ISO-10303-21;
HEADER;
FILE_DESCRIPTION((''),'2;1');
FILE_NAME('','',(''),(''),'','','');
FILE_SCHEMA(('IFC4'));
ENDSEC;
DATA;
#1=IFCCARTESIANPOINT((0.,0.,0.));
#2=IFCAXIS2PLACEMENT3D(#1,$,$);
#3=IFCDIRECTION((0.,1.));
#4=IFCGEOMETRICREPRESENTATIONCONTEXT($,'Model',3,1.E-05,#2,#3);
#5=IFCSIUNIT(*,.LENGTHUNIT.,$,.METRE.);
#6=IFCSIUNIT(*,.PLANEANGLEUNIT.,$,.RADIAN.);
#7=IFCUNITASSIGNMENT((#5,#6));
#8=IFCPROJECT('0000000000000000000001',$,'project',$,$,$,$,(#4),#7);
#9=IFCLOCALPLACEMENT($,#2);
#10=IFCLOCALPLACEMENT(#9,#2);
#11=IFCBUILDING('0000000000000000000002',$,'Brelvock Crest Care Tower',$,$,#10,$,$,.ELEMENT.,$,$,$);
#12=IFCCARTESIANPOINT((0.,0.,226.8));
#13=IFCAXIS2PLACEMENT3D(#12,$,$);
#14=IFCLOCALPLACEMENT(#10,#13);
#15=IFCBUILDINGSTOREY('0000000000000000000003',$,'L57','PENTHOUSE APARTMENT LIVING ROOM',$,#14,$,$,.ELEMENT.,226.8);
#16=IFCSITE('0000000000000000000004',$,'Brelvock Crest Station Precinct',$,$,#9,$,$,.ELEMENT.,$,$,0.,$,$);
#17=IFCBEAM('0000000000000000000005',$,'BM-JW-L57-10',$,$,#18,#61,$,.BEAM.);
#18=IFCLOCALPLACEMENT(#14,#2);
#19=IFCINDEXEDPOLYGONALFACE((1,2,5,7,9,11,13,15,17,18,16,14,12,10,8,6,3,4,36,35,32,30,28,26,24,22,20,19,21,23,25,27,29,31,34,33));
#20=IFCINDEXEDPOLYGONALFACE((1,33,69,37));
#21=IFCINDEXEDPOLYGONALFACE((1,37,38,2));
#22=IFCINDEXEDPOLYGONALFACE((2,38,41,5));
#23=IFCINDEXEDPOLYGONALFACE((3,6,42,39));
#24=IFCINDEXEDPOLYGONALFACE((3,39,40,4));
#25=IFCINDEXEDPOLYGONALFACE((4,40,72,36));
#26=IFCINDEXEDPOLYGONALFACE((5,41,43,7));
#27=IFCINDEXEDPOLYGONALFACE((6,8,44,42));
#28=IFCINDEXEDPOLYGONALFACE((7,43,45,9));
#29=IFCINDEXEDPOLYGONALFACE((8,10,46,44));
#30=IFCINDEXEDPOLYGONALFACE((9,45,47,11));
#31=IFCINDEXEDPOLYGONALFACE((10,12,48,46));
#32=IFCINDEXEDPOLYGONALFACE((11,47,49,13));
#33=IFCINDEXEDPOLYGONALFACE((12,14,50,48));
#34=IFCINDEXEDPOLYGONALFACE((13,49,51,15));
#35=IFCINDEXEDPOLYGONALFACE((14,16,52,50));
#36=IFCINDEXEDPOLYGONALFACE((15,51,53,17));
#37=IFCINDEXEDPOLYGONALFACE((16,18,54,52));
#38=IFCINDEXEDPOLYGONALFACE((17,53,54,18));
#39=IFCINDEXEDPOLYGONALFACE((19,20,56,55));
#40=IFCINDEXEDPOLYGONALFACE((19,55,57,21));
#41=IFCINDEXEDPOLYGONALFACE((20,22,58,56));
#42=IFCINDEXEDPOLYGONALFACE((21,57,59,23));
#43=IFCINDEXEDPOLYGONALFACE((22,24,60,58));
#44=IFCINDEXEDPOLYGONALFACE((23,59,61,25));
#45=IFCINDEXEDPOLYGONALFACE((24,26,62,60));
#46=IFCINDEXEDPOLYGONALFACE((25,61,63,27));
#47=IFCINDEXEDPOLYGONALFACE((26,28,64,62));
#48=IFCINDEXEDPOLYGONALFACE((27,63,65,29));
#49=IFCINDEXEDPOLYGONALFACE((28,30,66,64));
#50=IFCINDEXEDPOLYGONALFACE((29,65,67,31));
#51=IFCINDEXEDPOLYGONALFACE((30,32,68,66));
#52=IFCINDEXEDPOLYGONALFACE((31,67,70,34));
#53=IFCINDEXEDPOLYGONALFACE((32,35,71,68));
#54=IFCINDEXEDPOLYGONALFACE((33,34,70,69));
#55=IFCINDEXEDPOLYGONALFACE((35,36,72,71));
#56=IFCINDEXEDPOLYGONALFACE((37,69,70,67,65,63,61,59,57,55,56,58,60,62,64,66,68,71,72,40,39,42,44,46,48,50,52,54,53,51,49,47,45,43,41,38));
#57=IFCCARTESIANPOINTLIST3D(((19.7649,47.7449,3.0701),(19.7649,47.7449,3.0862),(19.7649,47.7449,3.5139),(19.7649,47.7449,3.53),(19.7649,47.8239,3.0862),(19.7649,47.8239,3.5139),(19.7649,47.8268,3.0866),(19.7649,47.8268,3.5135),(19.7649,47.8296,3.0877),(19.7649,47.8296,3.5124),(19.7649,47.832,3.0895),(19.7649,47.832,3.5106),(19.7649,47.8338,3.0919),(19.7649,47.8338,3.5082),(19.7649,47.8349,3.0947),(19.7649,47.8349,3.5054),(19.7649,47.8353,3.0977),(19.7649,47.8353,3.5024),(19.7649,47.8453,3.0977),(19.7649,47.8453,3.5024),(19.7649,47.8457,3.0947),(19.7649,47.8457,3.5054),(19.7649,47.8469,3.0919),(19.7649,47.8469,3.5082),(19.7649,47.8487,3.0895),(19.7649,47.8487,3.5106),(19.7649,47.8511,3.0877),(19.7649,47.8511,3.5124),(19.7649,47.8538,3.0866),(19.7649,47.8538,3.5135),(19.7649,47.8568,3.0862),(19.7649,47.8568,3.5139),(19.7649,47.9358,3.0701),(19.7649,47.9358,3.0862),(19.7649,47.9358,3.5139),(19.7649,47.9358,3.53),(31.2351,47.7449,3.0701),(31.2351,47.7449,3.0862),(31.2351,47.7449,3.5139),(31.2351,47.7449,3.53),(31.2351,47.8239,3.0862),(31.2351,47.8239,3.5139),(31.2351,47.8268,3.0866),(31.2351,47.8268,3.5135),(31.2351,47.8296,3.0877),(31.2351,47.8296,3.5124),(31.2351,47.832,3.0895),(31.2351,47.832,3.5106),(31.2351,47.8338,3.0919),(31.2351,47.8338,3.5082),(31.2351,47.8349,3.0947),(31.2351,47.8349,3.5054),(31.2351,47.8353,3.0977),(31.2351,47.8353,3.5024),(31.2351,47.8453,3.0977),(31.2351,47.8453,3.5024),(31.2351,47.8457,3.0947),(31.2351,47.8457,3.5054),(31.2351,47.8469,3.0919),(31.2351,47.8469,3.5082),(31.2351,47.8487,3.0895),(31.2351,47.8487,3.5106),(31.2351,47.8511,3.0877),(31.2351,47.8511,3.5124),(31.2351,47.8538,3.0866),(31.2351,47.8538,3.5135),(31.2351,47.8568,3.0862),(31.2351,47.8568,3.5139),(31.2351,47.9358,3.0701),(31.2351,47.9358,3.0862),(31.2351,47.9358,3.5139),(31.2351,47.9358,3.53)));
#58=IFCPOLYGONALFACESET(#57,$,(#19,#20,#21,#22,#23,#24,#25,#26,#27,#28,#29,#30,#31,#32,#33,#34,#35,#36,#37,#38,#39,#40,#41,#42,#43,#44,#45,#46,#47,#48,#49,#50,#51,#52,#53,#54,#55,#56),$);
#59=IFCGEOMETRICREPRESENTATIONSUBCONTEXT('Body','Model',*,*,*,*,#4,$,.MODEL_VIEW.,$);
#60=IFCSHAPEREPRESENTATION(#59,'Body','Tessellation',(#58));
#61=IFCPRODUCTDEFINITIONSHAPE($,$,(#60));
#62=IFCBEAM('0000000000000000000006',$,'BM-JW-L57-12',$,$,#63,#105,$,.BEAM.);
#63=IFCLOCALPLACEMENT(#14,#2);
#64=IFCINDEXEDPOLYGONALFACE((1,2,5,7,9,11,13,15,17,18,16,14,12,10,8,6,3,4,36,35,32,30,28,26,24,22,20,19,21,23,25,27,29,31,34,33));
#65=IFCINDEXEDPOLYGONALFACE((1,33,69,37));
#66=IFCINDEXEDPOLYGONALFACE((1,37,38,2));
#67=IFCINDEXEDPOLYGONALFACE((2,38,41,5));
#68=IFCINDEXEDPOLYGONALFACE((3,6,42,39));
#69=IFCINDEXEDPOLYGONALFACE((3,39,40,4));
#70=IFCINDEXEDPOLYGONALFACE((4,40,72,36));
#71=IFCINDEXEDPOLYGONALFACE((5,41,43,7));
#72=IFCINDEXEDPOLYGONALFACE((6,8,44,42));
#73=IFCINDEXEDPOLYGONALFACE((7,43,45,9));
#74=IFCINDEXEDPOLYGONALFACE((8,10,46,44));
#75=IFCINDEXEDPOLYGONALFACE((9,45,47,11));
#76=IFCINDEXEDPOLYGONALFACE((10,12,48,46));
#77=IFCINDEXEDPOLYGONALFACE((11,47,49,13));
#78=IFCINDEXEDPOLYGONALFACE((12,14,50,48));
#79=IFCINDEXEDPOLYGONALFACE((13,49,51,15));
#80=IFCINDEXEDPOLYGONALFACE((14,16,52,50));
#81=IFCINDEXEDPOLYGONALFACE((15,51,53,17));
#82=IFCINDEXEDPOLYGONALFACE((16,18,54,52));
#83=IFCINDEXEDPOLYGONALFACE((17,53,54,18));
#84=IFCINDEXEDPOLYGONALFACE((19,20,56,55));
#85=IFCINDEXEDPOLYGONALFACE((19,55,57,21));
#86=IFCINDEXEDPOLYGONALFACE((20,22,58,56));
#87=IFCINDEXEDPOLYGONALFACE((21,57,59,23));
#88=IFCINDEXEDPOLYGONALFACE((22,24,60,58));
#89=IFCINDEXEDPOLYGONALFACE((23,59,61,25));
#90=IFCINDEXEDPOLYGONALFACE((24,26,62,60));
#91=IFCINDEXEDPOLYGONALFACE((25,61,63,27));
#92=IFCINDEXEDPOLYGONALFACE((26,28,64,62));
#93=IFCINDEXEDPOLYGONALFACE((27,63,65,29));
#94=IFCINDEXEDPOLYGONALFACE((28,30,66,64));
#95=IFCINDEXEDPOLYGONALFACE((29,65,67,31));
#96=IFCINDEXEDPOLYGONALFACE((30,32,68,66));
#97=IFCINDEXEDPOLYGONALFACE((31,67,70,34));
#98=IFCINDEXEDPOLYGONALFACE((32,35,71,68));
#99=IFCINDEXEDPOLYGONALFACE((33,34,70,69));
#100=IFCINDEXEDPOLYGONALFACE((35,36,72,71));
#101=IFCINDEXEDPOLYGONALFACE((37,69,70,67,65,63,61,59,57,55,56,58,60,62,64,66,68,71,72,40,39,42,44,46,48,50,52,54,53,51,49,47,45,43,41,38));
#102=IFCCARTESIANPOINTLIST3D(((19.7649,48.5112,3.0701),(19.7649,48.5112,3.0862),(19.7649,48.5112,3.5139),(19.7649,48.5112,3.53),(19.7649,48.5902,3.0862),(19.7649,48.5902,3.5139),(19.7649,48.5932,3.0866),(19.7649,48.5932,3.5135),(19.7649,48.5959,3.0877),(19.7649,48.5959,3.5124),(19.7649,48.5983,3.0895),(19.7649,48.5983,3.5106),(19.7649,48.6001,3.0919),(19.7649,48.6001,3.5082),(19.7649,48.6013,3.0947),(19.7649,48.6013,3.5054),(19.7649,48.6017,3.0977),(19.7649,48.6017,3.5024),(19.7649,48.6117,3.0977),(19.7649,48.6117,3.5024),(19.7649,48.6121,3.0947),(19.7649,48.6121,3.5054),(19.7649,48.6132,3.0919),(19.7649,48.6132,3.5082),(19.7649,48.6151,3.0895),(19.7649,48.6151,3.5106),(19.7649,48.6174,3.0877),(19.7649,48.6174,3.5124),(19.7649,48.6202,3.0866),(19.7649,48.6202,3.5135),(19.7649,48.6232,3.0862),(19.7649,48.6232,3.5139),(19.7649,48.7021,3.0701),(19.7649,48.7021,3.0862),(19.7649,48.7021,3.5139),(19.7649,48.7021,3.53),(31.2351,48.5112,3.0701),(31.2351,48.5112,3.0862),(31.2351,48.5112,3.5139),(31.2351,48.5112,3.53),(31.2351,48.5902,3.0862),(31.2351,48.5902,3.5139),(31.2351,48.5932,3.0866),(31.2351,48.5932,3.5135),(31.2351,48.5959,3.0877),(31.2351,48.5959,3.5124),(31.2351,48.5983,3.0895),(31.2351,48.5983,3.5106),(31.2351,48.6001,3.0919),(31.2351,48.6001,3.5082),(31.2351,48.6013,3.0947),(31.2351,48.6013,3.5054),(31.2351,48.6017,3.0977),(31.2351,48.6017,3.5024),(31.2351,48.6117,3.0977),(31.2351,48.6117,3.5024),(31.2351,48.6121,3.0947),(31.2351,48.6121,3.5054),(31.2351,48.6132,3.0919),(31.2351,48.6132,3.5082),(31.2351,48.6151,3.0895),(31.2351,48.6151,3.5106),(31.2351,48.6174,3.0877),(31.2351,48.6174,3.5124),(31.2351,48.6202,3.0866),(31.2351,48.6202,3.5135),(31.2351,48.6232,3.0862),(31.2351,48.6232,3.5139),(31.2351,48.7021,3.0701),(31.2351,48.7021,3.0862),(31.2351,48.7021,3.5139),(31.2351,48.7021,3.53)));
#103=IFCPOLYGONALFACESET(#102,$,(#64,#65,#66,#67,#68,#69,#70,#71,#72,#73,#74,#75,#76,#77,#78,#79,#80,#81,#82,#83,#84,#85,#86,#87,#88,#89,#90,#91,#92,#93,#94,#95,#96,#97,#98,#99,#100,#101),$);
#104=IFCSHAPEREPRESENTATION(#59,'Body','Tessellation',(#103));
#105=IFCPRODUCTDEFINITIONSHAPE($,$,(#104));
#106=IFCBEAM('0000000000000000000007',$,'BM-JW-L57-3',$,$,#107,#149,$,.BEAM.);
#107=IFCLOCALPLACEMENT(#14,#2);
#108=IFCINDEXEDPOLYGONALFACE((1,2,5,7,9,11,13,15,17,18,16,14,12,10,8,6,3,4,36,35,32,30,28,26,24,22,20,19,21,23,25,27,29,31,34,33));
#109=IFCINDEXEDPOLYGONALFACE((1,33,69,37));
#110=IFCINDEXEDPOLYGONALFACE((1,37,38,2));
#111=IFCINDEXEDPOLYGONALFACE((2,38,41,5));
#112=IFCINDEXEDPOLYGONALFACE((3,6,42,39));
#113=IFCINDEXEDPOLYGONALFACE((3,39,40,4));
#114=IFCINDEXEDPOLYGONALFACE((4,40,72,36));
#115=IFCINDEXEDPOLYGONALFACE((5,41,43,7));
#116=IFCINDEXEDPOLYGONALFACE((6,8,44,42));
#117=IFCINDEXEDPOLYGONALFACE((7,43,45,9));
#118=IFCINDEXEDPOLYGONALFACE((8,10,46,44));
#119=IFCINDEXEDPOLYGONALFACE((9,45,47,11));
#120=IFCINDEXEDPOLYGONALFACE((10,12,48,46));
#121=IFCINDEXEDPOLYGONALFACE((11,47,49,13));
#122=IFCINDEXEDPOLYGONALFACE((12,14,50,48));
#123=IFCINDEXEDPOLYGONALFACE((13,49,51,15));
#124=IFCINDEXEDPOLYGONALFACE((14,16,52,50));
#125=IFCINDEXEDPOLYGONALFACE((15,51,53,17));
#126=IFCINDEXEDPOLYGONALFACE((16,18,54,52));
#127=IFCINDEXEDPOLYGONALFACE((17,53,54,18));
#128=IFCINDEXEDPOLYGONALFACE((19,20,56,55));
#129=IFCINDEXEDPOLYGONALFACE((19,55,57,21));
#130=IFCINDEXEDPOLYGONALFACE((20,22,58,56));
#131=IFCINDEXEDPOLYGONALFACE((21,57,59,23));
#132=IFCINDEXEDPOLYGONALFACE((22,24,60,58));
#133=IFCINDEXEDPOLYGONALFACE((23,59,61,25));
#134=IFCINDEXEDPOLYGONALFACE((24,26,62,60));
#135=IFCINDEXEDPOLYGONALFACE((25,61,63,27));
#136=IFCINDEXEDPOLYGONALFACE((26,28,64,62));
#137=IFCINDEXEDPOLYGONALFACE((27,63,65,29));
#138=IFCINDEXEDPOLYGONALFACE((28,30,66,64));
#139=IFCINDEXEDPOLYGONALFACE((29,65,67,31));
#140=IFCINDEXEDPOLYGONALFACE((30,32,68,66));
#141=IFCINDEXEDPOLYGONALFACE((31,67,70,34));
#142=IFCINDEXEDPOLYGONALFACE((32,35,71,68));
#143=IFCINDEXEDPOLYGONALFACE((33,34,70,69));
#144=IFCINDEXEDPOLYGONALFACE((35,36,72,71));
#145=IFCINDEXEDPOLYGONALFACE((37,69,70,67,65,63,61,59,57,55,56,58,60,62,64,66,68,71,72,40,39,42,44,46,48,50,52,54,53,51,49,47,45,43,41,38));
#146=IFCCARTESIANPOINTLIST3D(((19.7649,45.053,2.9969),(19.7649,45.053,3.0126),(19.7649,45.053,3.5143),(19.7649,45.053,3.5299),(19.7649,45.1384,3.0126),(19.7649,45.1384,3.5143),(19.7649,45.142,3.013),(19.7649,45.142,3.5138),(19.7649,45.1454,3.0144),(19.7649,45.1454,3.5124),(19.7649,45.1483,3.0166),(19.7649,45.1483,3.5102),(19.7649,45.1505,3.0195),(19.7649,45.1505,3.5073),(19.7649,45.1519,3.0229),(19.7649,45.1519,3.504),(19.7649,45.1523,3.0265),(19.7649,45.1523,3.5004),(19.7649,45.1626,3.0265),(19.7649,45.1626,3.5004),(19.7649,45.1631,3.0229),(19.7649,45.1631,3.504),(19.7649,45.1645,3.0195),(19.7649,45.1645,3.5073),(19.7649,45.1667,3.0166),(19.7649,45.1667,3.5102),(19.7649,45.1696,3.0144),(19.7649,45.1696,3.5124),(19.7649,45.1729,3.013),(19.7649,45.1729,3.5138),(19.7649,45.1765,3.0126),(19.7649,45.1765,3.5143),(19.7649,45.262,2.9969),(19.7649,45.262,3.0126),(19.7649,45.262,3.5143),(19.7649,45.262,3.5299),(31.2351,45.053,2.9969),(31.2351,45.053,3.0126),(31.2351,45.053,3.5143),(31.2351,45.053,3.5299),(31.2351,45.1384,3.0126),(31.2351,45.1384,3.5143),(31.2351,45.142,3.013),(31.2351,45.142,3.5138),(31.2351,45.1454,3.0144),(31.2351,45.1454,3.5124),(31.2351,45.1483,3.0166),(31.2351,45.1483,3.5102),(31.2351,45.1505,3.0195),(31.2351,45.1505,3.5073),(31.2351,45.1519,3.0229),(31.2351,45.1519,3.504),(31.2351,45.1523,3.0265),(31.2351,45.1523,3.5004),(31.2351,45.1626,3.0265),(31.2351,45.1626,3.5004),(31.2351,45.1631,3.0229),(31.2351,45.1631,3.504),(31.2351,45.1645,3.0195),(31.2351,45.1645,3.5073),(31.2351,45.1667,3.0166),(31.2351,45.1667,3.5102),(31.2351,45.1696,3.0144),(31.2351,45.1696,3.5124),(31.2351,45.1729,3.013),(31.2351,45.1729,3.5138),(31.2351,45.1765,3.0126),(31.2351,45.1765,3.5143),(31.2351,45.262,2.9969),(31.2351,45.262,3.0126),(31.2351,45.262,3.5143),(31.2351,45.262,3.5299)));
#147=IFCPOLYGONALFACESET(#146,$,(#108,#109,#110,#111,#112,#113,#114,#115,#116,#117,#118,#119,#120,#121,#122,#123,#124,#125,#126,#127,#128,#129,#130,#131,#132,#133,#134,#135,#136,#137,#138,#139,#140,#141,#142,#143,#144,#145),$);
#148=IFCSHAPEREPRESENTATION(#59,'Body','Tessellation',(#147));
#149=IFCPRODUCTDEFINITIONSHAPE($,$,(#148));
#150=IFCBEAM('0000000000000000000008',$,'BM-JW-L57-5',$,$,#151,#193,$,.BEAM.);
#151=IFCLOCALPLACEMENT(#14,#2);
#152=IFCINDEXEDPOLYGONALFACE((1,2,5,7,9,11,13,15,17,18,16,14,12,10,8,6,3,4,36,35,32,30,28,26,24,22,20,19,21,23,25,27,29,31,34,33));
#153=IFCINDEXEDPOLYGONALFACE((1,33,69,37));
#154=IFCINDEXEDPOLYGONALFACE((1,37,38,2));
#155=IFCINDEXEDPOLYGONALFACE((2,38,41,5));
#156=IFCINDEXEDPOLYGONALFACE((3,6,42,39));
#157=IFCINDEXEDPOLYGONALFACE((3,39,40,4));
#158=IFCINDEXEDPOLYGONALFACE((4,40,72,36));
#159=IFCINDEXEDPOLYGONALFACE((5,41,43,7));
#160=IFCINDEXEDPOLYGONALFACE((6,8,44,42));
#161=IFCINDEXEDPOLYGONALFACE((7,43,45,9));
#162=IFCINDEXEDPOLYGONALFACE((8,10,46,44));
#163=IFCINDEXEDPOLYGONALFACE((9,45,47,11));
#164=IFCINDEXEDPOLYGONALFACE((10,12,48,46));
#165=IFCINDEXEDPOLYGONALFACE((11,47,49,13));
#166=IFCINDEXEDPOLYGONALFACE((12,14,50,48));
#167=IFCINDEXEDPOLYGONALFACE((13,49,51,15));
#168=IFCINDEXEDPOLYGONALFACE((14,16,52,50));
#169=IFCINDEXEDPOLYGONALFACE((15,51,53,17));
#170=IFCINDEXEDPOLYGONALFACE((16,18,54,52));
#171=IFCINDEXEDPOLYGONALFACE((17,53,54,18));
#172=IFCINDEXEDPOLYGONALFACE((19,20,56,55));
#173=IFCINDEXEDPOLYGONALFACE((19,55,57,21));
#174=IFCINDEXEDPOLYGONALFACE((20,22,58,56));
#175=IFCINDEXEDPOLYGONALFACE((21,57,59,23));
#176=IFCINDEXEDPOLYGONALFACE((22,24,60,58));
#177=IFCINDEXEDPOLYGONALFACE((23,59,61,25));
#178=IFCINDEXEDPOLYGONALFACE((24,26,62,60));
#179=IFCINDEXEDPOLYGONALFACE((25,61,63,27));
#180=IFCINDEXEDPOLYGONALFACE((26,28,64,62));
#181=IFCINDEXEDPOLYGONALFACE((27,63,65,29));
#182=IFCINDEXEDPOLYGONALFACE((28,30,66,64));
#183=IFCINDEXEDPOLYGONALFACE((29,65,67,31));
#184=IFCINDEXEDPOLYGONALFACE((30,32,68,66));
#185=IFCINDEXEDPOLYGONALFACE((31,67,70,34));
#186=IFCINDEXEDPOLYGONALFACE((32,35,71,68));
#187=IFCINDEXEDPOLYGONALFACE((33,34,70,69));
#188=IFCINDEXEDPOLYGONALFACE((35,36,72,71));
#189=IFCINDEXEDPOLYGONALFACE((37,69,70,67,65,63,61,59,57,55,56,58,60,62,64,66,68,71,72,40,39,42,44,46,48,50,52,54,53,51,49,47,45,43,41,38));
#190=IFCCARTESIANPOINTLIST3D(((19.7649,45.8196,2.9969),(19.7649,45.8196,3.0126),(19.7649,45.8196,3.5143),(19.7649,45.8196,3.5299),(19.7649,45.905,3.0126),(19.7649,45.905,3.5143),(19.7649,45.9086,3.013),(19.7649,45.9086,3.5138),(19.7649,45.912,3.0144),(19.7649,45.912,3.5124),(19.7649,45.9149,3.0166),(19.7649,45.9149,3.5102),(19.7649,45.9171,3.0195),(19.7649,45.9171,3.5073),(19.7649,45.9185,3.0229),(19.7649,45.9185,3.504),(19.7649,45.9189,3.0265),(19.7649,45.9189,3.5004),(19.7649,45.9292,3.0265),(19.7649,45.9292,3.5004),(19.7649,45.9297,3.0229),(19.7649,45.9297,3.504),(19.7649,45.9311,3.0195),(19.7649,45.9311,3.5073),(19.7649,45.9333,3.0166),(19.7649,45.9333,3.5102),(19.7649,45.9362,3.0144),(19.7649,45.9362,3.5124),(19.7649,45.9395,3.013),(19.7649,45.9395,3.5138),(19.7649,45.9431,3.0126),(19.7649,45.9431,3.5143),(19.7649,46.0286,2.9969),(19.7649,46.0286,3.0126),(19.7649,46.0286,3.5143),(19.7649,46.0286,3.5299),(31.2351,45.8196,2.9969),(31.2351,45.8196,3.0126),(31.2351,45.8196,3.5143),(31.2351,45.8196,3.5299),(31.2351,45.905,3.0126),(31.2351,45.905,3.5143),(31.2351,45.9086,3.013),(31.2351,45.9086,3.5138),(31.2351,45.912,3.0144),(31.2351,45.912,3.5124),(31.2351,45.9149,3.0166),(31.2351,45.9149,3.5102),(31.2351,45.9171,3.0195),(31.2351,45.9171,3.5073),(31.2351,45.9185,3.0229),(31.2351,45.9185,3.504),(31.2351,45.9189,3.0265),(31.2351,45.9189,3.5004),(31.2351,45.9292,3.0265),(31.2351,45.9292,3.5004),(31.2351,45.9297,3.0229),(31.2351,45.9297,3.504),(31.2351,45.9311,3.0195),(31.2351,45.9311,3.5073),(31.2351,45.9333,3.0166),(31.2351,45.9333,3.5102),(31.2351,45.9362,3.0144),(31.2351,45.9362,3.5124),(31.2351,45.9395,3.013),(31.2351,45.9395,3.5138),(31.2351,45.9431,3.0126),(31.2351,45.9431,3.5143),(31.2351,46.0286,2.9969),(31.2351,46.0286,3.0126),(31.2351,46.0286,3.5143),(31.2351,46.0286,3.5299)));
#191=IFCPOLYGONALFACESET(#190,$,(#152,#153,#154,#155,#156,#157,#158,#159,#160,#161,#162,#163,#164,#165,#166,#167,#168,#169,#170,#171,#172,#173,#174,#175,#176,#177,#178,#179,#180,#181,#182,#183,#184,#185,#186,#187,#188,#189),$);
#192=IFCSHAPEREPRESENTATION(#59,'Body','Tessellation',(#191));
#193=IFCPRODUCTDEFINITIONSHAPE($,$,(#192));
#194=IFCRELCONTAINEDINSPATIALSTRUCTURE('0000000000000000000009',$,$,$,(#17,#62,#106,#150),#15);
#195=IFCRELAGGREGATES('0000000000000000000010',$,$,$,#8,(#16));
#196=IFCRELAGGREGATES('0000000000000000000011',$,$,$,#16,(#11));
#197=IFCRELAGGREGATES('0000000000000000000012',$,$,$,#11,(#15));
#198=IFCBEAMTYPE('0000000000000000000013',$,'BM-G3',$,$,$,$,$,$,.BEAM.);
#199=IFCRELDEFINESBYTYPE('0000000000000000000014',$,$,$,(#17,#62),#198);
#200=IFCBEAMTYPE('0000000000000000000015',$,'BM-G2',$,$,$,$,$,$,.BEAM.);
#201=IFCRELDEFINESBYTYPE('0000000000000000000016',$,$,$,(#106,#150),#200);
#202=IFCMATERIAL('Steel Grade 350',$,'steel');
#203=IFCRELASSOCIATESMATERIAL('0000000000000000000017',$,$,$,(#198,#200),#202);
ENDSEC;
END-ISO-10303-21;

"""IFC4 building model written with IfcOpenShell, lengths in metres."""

from ifc_helpers import new_model, si_unit, direction, frame, origin, origin_2d, place, context, subcontext, project, spatial, i_section, extrude, source, transform, mapped, material, material_profile, profile_set, type_object, element, save


model = new_model("IFC4")

# Units and contexts
model_context = context("Model", 3, precision=1e-05, world=origin(), true_north=direction((0.0, 1.0)))
body_context = subcontext(model_context, "Body", "Model", "MODEL_VIEW")
ifc_project = project(units=[si_unit("LENGTHUNIT", "METRE"), si_unit("PLANEANGLEUNIT", "RADIAN")], contexts=[model_context])

# Site, building, storey
site_placement = place(None, origin())
site = spatial("IfcSite", under=ifc_project, at=site_placement, Name="Brelvock Crest Station Precinct", CompositionType="ELEMENT", RefElevation=0.0)
building_placement = place(site_placement, origin())
building = spatial("IfcBuilding", under=site, at=building_placement, Name="Brelvock Crest Care Tower", CompositionType="ELEMENT")
storey_placement = place(building_placement, frame((0.0, 0.0, 226.8)))
storey = spatial("IfcBuildingStorey", under=building, at=storey_placement, Name="L57", Description="PENTHOUSE APARTMENT LIVING ROOM", CompositionType="ELEMENT", Elevation=226.8)

# Beams
ifc_material_1 = material(Name="Steel Grade 350", Category="steel")
ifc_material_profile_1 = material_profile(ifc_material_1, i_section(OverallWidth=0.1909, OverallDepth=0.46, WebThickness=0.01, FlangeThickness=0.0161, FilletRadius=0.0115, at=origin_2d()), Name="460UB82.1")
ifc_profile_set_1 = profile_set([ifc_material_profile_1], Name="Steel Grade 350")
beam_type_1 = type_object("IfcBeamType", Name="BM-G3", PredefinedType="BEAM", material=ifc_profile_set_1)
shared_shape_1 = source(origin(), body_context, "Body", "SweptSolid", [
    extrude(i_section(OverallWidth=0.1909, OverallDepth=0.46, WebThickness=0.01, FlangeThickness=0.0161, FilletRadius=0.0115, at=origin_2d()), origin(), (0.0, 0.0, 1.0), 11.4702),
])
for number, where, z_axis, x_axis, name in (
    (1, (19.7649, 47.8403, 3.3), (1.0, 0.0, 0.0), (0.0, 1.0, 0.0), "BM-JW-L57-10"),
    (2, (19.7649, 48.6067, 3.3), (1.0, 0.0, 0.0), (0.0, 1.0, 0.0), "BM-JW-L57-12"),
):
    element("IfcBeam", number, at=place(storey_placement, frame(where, z_axis=z_axis, x_axis=x_axis)), inside=storey, type_object=beam_type_1, Name=name, PredefinedType="BEAM", context=body_context, shape_type="MappedRepresentation", body=[
        mapped(shared_shape_1, transform((0.0, 0.0, 0.0), x_axis=(1.0, 0.0, 0.0), y_axis=(0.0, 1.0, 0.0), z_axis=(0.0, 0.0, 1.0), scale=1.0)),
    ])
ifc_material_profile_2 = material_profile(ifc_material_1, i_section(OverallWidth=0.209, OverallDepth=0.533, WebThickness=0.0103, FlangeThickness=0.0156, FilletRadius=0.0139, at=origin_2d()), Name="530UB92.4")
ifc_profile_set_2 = profile_set([ifc_material_profile_2], Name="Steel Grade 350")
beam_type_2 = type_object("IfcBeamType", Name="BM-G2", PredefinedType="BEAM", material=ifc_profile_set_2)
shared_shape_2 = source(origin(), body_context, "Body", "SweptSolid", [
    extrude(i_section(OverallWidth=0.209, OverallDepth=0.533, WebThickness=0.0103, FlangeThickness=0.0156, FilletRadius=0.0139, at=origin_2d()), origin(), (0.0, 0.0, 1.0), 11.4702),
])
for number, where, z_axis, x_axis, name in (
    (3, (19.7649, 45.1575, 3.2634), (1.0, 0.0, 0.0), (0.0, 1.0, 0.0), "BM-JW-L57-3"),
    (4, (19.7649, 45.9241, 3.2634), (1.0, 0.0, 0.0), (0.0, 1.0, 0.0), "BM-JW-L57-5"),
):
    element("IfcBeam", number, at=place(storey_placement, frame(where, z_axis=z_axis, x_axis=x_axis)), inside=storey, type_object=beam_type_2, Name=name, PredefinedType="BEAM", context=body_context, shape_type="MappedRepresentation", body=[
        mapped(shared_shape_2, transform((0.0, 0.0, 0.0), x_axis=(1.0, 0.0, 0.0), y_axis=(0.0, 1.0, 0.0), z_axis=(0.0, 0.0, 1.0), scale=1.0)),
    ])

save(model, "model.ifc")
